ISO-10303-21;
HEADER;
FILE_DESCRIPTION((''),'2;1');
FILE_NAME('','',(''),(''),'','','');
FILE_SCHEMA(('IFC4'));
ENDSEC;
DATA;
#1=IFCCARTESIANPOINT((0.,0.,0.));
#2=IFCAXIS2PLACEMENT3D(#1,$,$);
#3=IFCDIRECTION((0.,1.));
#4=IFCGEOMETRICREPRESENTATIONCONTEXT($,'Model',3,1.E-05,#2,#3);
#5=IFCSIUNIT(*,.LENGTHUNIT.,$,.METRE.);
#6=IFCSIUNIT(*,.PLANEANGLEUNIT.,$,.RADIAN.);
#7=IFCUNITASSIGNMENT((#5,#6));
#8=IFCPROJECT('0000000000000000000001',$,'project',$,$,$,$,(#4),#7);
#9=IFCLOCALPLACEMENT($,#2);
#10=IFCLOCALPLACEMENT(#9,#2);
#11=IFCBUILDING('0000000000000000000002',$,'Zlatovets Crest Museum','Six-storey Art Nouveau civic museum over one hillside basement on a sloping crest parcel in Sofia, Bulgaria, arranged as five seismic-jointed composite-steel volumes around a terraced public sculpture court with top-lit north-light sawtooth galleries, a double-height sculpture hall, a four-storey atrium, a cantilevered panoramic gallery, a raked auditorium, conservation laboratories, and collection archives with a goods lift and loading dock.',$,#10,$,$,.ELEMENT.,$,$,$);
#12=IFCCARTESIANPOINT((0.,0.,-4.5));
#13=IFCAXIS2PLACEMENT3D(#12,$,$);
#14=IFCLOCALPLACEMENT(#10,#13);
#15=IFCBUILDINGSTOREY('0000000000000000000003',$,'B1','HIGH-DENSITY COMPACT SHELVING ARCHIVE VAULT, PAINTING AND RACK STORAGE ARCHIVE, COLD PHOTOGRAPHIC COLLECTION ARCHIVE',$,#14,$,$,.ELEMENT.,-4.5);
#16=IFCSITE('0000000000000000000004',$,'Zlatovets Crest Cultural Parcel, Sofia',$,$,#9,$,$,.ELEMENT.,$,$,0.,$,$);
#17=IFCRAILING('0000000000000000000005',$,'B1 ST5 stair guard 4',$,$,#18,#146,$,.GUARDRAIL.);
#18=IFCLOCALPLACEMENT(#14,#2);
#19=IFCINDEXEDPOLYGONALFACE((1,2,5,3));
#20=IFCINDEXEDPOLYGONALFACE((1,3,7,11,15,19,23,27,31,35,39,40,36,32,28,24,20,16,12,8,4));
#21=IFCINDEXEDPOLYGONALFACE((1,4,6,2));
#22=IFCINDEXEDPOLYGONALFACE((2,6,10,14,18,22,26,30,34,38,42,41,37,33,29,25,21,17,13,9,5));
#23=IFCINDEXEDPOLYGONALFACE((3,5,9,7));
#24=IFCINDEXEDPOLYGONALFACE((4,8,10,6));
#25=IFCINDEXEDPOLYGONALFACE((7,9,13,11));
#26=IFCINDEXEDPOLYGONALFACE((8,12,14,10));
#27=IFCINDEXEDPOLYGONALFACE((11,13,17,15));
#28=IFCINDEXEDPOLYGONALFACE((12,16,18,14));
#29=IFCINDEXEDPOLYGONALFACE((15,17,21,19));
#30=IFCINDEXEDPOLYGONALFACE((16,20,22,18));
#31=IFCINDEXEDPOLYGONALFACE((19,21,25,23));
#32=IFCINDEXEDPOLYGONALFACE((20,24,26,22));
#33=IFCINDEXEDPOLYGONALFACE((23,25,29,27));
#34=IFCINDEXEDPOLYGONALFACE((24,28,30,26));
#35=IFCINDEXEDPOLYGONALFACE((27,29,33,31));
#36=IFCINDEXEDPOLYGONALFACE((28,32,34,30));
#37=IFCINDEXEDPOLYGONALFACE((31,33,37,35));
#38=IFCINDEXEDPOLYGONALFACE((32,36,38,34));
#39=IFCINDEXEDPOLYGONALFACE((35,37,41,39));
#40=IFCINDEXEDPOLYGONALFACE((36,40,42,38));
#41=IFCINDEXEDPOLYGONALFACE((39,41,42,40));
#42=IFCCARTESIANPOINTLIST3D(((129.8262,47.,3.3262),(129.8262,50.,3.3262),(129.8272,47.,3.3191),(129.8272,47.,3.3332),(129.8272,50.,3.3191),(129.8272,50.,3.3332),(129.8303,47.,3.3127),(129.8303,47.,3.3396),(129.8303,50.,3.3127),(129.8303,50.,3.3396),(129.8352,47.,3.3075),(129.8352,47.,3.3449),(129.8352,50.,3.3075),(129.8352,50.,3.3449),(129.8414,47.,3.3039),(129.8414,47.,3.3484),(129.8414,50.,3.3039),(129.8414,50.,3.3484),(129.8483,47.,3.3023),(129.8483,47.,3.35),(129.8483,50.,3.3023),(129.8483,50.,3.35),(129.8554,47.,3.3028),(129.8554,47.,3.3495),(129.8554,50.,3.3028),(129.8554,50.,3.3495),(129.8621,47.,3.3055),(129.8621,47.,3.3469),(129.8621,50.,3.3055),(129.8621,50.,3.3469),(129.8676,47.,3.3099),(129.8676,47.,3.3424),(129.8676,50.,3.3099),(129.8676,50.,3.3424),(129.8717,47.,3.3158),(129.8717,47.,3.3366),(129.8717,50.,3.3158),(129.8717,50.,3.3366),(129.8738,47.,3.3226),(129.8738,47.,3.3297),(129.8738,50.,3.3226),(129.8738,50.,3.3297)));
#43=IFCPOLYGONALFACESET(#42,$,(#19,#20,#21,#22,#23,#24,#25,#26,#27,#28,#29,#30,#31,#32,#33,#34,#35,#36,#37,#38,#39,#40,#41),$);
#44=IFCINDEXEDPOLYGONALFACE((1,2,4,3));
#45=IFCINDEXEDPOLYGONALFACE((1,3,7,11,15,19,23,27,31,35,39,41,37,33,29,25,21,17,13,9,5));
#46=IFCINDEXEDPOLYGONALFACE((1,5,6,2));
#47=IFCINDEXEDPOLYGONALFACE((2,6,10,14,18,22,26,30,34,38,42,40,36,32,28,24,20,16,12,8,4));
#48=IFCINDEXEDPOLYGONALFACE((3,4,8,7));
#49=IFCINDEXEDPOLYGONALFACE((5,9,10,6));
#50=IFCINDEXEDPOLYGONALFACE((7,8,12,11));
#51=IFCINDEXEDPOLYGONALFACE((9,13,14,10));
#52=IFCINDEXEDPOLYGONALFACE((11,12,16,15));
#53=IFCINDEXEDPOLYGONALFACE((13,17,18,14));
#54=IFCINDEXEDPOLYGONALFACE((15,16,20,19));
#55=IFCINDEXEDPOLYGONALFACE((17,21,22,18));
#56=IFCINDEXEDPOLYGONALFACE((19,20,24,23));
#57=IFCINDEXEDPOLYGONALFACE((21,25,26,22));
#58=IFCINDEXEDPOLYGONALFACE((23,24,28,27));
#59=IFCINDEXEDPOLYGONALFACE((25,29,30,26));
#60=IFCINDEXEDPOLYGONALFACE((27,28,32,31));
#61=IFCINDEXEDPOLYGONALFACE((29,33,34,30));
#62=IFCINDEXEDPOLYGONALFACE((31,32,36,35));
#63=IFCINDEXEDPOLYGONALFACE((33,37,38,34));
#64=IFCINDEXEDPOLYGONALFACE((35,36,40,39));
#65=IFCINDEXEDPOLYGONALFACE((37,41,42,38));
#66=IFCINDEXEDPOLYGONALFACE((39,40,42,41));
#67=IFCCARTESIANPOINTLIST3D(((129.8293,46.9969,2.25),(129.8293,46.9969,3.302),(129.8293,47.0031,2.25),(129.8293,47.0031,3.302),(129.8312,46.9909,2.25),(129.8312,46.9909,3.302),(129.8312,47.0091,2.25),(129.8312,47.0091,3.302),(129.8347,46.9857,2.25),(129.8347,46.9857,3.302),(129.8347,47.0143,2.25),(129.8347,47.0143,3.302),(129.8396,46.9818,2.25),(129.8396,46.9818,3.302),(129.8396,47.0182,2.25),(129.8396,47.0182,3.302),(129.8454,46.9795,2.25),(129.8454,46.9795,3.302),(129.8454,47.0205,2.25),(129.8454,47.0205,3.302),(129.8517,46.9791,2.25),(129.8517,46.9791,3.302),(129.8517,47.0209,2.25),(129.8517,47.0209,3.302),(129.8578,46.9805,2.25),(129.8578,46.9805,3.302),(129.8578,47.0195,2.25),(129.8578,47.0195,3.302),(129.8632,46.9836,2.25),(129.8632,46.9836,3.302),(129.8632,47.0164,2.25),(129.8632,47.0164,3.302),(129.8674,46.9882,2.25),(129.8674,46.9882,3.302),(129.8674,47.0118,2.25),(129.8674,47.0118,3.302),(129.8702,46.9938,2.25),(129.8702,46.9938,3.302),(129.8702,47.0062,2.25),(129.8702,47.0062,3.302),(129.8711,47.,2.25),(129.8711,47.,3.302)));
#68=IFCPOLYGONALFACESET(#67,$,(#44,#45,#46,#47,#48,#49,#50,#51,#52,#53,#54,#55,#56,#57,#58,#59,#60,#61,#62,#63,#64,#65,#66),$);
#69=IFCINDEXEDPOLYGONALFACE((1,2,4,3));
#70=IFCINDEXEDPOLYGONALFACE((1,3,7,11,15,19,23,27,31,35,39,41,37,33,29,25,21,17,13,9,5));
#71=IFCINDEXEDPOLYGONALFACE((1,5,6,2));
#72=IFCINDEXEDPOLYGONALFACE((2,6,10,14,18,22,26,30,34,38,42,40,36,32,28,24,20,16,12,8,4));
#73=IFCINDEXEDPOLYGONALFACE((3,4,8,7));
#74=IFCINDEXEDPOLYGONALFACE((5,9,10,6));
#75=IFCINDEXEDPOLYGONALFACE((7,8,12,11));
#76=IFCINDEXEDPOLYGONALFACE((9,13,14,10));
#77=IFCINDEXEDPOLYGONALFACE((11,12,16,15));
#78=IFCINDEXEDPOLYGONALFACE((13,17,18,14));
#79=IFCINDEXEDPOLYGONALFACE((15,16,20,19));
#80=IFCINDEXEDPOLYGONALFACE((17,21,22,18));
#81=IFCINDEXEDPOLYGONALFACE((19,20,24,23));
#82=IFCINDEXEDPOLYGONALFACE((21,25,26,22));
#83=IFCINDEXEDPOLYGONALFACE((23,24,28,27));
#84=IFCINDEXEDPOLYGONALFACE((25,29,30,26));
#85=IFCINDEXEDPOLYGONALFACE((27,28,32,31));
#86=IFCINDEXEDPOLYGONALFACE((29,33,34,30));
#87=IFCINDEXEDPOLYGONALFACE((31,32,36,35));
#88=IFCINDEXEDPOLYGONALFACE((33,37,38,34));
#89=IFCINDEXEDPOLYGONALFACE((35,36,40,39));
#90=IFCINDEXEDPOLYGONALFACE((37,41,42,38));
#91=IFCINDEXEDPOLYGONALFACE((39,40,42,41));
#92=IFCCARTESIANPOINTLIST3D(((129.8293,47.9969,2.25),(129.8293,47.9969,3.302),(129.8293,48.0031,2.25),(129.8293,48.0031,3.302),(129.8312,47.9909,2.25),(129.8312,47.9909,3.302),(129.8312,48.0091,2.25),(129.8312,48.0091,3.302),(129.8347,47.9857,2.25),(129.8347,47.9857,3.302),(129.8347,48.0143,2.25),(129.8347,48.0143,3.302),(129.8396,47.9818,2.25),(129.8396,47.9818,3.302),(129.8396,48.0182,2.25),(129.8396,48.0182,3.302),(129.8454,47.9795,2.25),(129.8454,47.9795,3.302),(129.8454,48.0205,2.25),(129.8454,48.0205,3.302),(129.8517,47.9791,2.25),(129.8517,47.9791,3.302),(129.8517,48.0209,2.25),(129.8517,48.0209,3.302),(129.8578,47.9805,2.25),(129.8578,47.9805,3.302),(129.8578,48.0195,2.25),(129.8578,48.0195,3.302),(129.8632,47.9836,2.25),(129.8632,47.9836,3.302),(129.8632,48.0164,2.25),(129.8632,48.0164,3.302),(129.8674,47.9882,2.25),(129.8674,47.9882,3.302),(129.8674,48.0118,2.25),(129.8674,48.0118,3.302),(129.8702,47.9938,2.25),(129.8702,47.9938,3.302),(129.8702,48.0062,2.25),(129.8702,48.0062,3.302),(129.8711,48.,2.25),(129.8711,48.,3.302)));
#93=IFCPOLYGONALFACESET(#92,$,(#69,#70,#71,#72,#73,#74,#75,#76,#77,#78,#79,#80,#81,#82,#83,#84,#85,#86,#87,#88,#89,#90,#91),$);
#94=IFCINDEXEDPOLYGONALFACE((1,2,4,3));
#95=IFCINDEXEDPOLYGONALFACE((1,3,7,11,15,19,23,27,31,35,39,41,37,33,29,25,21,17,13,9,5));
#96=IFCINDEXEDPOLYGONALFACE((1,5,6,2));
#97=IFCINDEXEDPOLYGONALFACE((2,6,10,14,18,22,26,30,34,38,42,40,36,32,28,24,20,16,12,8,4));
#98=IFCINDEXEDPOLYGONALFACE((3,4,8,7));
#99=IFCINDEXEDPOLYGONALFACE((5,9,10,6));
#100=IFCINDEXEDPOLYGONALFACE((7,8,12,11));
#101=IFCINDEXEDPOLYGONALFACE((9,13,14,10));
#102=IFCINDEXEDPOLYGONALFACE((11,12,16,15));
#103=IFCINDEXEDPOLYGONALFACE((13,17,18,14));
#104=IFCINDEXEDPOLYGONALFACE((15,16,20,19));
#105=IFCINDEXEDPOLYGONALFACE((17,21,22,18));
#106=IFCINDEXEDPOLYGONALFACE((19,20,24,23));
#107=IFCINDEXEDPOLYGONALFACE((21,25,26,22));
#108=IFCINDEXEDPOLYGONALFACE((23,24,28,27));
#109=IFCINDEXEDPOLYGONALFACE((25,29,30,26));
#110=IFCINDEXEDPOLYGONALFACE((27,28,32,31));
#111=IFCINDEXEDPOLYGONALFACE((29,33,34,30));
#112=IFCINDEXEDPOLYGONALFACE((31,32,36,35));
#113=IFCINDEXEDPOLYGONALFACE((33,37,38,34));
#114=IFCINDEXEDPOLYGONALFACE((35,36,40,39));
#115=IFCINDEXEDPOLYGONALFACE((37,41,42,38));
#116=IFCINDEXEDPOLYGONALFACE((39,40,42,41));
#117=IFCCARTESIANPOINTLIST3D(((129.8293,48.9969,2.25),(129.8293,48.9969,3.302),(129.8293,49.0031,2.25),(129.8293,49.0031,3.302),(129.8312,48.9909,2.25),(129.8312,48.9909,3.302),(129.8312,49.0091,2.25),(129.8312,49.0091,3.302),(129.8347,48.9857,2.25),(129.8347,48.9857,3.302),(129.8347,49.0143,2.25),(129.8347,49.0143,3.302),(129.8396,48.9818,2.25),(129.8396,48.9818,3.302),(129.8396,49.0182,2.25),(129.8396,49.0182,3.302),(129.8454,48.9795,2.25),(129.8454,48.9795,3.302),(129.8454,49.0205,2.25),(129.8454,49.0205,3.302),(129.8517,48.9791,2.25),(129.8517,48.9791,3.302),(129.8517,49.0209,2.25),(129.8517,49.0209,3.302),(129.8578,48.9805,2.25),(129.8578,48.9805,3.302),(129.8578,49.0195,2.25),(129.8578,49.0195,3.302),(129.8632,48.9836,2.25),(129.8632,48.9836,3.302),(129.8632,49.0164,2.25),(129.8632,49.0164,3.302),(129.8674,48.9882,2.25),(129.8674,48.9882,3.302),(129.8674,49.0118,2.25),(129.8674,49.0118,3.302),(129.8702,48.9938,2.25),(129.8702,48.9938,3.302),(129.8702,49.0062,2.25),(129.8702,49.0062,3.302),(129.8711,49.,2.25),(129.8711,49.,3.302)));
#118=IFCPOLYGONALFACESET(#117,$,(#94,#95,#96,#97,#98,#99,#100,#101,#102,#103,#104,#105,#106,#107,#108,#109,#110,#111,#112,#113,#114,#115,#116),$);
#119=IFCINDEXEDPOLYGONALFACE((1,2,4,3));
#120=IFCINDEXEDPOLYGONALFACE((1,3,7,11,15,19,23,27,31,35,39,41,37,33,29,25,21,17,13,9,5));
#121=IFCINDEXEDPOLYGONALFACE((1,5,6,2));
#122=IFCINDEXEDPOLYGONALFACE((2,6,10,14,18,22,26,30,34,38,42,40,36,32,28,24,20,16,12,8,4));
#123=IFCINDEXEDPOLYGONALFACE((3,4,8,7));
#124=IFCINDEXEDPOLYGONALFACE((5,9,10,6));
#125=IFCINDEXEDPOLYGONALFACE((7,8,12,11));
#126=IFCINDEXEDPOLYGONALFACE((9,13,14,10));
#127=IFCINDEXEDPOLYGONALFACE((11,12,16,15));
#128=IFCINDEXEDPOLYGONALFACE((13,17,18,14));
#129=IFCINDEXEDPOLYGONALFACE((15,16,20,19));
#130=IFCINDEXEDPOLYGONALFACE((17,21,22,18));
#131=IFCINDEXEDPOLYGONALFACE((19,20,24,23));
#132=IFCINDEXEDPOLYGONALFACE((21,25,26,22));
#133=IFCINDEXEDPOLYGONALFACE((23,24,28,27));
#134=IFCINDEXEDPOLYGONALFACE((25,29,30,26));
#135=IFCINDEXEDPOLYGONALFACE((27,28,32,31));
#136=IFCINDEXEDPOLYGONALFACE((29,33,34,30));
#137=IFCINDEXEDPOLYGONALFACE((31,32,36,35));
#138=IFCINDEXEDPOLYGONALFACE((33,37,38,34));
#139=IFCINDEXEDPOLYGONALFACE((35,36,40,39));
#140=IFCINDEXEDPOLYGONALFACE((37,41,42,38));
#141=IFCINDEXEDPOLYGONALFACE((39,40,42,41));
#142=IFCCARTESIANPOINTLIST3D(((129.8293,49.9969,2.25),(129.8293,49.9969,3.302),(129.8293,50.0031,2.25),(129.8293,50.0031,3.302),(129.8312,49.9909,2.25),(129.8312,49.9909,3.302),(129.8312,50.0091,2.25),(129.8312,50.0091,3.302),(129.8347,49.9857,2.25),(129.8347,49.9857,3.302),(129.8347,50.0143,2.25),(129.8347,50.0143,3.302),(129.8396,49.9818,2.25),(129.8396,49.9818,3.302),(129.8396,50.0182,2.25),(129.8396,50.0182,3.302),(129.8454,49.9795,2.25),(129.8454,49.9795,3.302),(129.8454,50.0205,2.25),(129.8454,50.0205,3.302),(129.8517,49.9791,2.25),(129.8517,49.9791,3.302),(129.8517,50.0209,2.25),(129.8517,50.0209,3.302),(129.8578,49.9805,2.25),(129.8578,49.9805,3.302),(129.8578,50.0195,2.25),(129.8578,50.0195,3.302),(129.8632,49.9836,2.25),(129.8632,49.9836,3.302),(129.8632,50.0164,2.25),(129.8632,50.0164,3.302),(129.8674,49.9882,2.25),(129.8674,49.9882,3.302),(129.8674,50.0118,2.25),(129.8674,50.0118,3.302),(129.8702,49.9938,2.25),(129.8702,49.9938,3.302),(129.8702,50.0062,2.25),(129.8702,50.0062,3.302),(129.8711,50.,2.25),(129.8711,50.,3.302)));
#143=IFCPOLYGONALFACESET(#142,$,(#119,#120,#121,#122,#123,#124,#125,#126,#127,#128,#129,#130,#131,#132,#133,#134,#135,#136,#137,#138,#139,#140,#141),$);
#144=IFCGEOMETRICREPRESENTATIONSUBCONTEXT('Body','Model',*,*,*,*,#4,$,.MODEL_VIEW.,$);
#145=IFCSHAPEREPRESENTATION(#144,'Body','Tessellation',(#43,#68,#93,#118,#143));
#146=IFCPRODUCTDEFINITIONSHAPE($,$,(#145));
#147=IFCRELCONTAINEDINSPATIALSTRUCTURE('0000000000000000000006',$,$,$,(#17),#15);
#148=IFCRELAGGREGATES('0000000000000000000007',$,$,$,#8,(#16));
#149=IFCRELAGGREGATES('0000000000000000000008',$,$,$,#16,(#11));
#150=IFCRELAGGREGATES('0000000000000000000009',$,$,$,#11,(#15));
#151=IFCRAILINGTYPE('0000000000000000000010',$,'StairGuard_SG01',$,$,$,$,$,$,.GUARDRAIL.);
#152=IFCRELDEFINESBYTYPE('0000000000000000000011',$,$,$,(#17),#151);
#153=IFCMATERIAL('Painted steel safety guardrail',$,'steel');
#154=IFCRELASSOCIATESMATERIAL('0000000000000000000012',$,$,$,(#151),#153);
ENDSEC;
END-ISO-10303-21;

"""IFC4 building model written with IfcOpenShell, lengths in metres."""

from ifc_helpers import new_model, si_unit, direction, frame, origin, origin_2d, place, context, subcontext, project, spatial, circle, extrude, material, type_object, element, save


model = new_model("IFC4")

# Units and contexts
model_context = context("Model", 3, precision=1e-05, world=origin(), true_north=direction((0.0, 1.0)))
body_context = subcontext(model_context, "Body", "Model", "MODEL_VIEW")
ifc_project = project(units=[si_unit("LENGTHUNIT", "METRE"), si_unit("PLANEANGLEUNIT", "RADIAN")], contexts=[model_context])

# Site, building, storey
site_placement = place(None, origin())
site = spatial("IfcSite", under=ifc_project, at=site_placement, Name="Zlatovets Crest Cultural Parcel, Sofia", CompositionType="ELEMENT", RefElevation=0.0)
building_placement = place(site_placement, origin())
building = spatial("IfcBuilding", under=site, at=building_placement, Name="Zlatovets Crest Museum", Description="Six-storey Art Nouveau civic museum over one hillside basement on a sloping crest parcel in Sofia, Bulgaria, arranged as five seismic-jointed composite-steel volumes around a terraced public sculpture court with top-lit north-light sawtooth galleries, a double-height sculpture hall, a four-storey atrium, a cantilevered panoramic gallery, a raked auditorium, conservation laboratories, and collection archives with a goods lift and loading dock.", CompositionType="ELEMENT")
storey_placement = place(building_placement, frame((0.0, 0.0, -4.5)))
storey = spatial("IfcBuildingStorey", under=building, at=storey_placement, Name="B1", Description="HIGH-DENSITY COMPACT SHELVING ARCHIVE VAULT, PAINTING AND RACK STORAGE ARCHIVE, COLD PHOTOGRAPHIC COLLECTION ARCHIVE", CompositionType="ELEMENT", Elevation=-4.5)

# Railing
ifc_material_1 = material(Name="Painted steel safety guardrail", Category="steel")
railing_type_1 = type_object("IfcRailingType", Name="StairGuard_SG01", PredefinedType="GUARDRAIL", material=ifc_material_1)
for number, where, name in (
    (1, (129.8501, 47.0, 2.25), "B1 ST5 stair guard 4"),
):
    element("IfcRailing", number, at=place(storey_placement, frame(where)), inside=storey, type_object=railing_type_1, Name=name, PredefinedType="GUARDRAIL", context=body_context, shape_type="SweptSolid", body=[
        extrude(circle(Radius=0.0239, at=origin_2d()), frame((0.0, 0.0, 1.0762), z_axis=(0.0, 1.0, 0.0), x_axis=(-1.0, 0.0, 0.0)), (0.0, 0.0, 1.0), 3.0),
        extrude(circle(Radius=0.021, at=origin_2d()), origin(), (0.0, 0.0, 1.0), 1.052),
        extrude(circle(Radius=0.021, at=origin_2d()), frame((0.0, 1.0, 0.0)), (0.0, 0.0, 1.0), 1.052),
        extrude(circle(Radius=0.021, at=origin_2d()), frame((0.0, 2.0, 0.0)), (0.0, 0.0, 1.0), 1.052),
        extrude(circle(Radius=0.021, at=origin_2d()), frame((0.0, 3.0, 0.0)), (0.0, 0.0, 1.0), 1.052),
    ])

save(model, "model.ifc")
